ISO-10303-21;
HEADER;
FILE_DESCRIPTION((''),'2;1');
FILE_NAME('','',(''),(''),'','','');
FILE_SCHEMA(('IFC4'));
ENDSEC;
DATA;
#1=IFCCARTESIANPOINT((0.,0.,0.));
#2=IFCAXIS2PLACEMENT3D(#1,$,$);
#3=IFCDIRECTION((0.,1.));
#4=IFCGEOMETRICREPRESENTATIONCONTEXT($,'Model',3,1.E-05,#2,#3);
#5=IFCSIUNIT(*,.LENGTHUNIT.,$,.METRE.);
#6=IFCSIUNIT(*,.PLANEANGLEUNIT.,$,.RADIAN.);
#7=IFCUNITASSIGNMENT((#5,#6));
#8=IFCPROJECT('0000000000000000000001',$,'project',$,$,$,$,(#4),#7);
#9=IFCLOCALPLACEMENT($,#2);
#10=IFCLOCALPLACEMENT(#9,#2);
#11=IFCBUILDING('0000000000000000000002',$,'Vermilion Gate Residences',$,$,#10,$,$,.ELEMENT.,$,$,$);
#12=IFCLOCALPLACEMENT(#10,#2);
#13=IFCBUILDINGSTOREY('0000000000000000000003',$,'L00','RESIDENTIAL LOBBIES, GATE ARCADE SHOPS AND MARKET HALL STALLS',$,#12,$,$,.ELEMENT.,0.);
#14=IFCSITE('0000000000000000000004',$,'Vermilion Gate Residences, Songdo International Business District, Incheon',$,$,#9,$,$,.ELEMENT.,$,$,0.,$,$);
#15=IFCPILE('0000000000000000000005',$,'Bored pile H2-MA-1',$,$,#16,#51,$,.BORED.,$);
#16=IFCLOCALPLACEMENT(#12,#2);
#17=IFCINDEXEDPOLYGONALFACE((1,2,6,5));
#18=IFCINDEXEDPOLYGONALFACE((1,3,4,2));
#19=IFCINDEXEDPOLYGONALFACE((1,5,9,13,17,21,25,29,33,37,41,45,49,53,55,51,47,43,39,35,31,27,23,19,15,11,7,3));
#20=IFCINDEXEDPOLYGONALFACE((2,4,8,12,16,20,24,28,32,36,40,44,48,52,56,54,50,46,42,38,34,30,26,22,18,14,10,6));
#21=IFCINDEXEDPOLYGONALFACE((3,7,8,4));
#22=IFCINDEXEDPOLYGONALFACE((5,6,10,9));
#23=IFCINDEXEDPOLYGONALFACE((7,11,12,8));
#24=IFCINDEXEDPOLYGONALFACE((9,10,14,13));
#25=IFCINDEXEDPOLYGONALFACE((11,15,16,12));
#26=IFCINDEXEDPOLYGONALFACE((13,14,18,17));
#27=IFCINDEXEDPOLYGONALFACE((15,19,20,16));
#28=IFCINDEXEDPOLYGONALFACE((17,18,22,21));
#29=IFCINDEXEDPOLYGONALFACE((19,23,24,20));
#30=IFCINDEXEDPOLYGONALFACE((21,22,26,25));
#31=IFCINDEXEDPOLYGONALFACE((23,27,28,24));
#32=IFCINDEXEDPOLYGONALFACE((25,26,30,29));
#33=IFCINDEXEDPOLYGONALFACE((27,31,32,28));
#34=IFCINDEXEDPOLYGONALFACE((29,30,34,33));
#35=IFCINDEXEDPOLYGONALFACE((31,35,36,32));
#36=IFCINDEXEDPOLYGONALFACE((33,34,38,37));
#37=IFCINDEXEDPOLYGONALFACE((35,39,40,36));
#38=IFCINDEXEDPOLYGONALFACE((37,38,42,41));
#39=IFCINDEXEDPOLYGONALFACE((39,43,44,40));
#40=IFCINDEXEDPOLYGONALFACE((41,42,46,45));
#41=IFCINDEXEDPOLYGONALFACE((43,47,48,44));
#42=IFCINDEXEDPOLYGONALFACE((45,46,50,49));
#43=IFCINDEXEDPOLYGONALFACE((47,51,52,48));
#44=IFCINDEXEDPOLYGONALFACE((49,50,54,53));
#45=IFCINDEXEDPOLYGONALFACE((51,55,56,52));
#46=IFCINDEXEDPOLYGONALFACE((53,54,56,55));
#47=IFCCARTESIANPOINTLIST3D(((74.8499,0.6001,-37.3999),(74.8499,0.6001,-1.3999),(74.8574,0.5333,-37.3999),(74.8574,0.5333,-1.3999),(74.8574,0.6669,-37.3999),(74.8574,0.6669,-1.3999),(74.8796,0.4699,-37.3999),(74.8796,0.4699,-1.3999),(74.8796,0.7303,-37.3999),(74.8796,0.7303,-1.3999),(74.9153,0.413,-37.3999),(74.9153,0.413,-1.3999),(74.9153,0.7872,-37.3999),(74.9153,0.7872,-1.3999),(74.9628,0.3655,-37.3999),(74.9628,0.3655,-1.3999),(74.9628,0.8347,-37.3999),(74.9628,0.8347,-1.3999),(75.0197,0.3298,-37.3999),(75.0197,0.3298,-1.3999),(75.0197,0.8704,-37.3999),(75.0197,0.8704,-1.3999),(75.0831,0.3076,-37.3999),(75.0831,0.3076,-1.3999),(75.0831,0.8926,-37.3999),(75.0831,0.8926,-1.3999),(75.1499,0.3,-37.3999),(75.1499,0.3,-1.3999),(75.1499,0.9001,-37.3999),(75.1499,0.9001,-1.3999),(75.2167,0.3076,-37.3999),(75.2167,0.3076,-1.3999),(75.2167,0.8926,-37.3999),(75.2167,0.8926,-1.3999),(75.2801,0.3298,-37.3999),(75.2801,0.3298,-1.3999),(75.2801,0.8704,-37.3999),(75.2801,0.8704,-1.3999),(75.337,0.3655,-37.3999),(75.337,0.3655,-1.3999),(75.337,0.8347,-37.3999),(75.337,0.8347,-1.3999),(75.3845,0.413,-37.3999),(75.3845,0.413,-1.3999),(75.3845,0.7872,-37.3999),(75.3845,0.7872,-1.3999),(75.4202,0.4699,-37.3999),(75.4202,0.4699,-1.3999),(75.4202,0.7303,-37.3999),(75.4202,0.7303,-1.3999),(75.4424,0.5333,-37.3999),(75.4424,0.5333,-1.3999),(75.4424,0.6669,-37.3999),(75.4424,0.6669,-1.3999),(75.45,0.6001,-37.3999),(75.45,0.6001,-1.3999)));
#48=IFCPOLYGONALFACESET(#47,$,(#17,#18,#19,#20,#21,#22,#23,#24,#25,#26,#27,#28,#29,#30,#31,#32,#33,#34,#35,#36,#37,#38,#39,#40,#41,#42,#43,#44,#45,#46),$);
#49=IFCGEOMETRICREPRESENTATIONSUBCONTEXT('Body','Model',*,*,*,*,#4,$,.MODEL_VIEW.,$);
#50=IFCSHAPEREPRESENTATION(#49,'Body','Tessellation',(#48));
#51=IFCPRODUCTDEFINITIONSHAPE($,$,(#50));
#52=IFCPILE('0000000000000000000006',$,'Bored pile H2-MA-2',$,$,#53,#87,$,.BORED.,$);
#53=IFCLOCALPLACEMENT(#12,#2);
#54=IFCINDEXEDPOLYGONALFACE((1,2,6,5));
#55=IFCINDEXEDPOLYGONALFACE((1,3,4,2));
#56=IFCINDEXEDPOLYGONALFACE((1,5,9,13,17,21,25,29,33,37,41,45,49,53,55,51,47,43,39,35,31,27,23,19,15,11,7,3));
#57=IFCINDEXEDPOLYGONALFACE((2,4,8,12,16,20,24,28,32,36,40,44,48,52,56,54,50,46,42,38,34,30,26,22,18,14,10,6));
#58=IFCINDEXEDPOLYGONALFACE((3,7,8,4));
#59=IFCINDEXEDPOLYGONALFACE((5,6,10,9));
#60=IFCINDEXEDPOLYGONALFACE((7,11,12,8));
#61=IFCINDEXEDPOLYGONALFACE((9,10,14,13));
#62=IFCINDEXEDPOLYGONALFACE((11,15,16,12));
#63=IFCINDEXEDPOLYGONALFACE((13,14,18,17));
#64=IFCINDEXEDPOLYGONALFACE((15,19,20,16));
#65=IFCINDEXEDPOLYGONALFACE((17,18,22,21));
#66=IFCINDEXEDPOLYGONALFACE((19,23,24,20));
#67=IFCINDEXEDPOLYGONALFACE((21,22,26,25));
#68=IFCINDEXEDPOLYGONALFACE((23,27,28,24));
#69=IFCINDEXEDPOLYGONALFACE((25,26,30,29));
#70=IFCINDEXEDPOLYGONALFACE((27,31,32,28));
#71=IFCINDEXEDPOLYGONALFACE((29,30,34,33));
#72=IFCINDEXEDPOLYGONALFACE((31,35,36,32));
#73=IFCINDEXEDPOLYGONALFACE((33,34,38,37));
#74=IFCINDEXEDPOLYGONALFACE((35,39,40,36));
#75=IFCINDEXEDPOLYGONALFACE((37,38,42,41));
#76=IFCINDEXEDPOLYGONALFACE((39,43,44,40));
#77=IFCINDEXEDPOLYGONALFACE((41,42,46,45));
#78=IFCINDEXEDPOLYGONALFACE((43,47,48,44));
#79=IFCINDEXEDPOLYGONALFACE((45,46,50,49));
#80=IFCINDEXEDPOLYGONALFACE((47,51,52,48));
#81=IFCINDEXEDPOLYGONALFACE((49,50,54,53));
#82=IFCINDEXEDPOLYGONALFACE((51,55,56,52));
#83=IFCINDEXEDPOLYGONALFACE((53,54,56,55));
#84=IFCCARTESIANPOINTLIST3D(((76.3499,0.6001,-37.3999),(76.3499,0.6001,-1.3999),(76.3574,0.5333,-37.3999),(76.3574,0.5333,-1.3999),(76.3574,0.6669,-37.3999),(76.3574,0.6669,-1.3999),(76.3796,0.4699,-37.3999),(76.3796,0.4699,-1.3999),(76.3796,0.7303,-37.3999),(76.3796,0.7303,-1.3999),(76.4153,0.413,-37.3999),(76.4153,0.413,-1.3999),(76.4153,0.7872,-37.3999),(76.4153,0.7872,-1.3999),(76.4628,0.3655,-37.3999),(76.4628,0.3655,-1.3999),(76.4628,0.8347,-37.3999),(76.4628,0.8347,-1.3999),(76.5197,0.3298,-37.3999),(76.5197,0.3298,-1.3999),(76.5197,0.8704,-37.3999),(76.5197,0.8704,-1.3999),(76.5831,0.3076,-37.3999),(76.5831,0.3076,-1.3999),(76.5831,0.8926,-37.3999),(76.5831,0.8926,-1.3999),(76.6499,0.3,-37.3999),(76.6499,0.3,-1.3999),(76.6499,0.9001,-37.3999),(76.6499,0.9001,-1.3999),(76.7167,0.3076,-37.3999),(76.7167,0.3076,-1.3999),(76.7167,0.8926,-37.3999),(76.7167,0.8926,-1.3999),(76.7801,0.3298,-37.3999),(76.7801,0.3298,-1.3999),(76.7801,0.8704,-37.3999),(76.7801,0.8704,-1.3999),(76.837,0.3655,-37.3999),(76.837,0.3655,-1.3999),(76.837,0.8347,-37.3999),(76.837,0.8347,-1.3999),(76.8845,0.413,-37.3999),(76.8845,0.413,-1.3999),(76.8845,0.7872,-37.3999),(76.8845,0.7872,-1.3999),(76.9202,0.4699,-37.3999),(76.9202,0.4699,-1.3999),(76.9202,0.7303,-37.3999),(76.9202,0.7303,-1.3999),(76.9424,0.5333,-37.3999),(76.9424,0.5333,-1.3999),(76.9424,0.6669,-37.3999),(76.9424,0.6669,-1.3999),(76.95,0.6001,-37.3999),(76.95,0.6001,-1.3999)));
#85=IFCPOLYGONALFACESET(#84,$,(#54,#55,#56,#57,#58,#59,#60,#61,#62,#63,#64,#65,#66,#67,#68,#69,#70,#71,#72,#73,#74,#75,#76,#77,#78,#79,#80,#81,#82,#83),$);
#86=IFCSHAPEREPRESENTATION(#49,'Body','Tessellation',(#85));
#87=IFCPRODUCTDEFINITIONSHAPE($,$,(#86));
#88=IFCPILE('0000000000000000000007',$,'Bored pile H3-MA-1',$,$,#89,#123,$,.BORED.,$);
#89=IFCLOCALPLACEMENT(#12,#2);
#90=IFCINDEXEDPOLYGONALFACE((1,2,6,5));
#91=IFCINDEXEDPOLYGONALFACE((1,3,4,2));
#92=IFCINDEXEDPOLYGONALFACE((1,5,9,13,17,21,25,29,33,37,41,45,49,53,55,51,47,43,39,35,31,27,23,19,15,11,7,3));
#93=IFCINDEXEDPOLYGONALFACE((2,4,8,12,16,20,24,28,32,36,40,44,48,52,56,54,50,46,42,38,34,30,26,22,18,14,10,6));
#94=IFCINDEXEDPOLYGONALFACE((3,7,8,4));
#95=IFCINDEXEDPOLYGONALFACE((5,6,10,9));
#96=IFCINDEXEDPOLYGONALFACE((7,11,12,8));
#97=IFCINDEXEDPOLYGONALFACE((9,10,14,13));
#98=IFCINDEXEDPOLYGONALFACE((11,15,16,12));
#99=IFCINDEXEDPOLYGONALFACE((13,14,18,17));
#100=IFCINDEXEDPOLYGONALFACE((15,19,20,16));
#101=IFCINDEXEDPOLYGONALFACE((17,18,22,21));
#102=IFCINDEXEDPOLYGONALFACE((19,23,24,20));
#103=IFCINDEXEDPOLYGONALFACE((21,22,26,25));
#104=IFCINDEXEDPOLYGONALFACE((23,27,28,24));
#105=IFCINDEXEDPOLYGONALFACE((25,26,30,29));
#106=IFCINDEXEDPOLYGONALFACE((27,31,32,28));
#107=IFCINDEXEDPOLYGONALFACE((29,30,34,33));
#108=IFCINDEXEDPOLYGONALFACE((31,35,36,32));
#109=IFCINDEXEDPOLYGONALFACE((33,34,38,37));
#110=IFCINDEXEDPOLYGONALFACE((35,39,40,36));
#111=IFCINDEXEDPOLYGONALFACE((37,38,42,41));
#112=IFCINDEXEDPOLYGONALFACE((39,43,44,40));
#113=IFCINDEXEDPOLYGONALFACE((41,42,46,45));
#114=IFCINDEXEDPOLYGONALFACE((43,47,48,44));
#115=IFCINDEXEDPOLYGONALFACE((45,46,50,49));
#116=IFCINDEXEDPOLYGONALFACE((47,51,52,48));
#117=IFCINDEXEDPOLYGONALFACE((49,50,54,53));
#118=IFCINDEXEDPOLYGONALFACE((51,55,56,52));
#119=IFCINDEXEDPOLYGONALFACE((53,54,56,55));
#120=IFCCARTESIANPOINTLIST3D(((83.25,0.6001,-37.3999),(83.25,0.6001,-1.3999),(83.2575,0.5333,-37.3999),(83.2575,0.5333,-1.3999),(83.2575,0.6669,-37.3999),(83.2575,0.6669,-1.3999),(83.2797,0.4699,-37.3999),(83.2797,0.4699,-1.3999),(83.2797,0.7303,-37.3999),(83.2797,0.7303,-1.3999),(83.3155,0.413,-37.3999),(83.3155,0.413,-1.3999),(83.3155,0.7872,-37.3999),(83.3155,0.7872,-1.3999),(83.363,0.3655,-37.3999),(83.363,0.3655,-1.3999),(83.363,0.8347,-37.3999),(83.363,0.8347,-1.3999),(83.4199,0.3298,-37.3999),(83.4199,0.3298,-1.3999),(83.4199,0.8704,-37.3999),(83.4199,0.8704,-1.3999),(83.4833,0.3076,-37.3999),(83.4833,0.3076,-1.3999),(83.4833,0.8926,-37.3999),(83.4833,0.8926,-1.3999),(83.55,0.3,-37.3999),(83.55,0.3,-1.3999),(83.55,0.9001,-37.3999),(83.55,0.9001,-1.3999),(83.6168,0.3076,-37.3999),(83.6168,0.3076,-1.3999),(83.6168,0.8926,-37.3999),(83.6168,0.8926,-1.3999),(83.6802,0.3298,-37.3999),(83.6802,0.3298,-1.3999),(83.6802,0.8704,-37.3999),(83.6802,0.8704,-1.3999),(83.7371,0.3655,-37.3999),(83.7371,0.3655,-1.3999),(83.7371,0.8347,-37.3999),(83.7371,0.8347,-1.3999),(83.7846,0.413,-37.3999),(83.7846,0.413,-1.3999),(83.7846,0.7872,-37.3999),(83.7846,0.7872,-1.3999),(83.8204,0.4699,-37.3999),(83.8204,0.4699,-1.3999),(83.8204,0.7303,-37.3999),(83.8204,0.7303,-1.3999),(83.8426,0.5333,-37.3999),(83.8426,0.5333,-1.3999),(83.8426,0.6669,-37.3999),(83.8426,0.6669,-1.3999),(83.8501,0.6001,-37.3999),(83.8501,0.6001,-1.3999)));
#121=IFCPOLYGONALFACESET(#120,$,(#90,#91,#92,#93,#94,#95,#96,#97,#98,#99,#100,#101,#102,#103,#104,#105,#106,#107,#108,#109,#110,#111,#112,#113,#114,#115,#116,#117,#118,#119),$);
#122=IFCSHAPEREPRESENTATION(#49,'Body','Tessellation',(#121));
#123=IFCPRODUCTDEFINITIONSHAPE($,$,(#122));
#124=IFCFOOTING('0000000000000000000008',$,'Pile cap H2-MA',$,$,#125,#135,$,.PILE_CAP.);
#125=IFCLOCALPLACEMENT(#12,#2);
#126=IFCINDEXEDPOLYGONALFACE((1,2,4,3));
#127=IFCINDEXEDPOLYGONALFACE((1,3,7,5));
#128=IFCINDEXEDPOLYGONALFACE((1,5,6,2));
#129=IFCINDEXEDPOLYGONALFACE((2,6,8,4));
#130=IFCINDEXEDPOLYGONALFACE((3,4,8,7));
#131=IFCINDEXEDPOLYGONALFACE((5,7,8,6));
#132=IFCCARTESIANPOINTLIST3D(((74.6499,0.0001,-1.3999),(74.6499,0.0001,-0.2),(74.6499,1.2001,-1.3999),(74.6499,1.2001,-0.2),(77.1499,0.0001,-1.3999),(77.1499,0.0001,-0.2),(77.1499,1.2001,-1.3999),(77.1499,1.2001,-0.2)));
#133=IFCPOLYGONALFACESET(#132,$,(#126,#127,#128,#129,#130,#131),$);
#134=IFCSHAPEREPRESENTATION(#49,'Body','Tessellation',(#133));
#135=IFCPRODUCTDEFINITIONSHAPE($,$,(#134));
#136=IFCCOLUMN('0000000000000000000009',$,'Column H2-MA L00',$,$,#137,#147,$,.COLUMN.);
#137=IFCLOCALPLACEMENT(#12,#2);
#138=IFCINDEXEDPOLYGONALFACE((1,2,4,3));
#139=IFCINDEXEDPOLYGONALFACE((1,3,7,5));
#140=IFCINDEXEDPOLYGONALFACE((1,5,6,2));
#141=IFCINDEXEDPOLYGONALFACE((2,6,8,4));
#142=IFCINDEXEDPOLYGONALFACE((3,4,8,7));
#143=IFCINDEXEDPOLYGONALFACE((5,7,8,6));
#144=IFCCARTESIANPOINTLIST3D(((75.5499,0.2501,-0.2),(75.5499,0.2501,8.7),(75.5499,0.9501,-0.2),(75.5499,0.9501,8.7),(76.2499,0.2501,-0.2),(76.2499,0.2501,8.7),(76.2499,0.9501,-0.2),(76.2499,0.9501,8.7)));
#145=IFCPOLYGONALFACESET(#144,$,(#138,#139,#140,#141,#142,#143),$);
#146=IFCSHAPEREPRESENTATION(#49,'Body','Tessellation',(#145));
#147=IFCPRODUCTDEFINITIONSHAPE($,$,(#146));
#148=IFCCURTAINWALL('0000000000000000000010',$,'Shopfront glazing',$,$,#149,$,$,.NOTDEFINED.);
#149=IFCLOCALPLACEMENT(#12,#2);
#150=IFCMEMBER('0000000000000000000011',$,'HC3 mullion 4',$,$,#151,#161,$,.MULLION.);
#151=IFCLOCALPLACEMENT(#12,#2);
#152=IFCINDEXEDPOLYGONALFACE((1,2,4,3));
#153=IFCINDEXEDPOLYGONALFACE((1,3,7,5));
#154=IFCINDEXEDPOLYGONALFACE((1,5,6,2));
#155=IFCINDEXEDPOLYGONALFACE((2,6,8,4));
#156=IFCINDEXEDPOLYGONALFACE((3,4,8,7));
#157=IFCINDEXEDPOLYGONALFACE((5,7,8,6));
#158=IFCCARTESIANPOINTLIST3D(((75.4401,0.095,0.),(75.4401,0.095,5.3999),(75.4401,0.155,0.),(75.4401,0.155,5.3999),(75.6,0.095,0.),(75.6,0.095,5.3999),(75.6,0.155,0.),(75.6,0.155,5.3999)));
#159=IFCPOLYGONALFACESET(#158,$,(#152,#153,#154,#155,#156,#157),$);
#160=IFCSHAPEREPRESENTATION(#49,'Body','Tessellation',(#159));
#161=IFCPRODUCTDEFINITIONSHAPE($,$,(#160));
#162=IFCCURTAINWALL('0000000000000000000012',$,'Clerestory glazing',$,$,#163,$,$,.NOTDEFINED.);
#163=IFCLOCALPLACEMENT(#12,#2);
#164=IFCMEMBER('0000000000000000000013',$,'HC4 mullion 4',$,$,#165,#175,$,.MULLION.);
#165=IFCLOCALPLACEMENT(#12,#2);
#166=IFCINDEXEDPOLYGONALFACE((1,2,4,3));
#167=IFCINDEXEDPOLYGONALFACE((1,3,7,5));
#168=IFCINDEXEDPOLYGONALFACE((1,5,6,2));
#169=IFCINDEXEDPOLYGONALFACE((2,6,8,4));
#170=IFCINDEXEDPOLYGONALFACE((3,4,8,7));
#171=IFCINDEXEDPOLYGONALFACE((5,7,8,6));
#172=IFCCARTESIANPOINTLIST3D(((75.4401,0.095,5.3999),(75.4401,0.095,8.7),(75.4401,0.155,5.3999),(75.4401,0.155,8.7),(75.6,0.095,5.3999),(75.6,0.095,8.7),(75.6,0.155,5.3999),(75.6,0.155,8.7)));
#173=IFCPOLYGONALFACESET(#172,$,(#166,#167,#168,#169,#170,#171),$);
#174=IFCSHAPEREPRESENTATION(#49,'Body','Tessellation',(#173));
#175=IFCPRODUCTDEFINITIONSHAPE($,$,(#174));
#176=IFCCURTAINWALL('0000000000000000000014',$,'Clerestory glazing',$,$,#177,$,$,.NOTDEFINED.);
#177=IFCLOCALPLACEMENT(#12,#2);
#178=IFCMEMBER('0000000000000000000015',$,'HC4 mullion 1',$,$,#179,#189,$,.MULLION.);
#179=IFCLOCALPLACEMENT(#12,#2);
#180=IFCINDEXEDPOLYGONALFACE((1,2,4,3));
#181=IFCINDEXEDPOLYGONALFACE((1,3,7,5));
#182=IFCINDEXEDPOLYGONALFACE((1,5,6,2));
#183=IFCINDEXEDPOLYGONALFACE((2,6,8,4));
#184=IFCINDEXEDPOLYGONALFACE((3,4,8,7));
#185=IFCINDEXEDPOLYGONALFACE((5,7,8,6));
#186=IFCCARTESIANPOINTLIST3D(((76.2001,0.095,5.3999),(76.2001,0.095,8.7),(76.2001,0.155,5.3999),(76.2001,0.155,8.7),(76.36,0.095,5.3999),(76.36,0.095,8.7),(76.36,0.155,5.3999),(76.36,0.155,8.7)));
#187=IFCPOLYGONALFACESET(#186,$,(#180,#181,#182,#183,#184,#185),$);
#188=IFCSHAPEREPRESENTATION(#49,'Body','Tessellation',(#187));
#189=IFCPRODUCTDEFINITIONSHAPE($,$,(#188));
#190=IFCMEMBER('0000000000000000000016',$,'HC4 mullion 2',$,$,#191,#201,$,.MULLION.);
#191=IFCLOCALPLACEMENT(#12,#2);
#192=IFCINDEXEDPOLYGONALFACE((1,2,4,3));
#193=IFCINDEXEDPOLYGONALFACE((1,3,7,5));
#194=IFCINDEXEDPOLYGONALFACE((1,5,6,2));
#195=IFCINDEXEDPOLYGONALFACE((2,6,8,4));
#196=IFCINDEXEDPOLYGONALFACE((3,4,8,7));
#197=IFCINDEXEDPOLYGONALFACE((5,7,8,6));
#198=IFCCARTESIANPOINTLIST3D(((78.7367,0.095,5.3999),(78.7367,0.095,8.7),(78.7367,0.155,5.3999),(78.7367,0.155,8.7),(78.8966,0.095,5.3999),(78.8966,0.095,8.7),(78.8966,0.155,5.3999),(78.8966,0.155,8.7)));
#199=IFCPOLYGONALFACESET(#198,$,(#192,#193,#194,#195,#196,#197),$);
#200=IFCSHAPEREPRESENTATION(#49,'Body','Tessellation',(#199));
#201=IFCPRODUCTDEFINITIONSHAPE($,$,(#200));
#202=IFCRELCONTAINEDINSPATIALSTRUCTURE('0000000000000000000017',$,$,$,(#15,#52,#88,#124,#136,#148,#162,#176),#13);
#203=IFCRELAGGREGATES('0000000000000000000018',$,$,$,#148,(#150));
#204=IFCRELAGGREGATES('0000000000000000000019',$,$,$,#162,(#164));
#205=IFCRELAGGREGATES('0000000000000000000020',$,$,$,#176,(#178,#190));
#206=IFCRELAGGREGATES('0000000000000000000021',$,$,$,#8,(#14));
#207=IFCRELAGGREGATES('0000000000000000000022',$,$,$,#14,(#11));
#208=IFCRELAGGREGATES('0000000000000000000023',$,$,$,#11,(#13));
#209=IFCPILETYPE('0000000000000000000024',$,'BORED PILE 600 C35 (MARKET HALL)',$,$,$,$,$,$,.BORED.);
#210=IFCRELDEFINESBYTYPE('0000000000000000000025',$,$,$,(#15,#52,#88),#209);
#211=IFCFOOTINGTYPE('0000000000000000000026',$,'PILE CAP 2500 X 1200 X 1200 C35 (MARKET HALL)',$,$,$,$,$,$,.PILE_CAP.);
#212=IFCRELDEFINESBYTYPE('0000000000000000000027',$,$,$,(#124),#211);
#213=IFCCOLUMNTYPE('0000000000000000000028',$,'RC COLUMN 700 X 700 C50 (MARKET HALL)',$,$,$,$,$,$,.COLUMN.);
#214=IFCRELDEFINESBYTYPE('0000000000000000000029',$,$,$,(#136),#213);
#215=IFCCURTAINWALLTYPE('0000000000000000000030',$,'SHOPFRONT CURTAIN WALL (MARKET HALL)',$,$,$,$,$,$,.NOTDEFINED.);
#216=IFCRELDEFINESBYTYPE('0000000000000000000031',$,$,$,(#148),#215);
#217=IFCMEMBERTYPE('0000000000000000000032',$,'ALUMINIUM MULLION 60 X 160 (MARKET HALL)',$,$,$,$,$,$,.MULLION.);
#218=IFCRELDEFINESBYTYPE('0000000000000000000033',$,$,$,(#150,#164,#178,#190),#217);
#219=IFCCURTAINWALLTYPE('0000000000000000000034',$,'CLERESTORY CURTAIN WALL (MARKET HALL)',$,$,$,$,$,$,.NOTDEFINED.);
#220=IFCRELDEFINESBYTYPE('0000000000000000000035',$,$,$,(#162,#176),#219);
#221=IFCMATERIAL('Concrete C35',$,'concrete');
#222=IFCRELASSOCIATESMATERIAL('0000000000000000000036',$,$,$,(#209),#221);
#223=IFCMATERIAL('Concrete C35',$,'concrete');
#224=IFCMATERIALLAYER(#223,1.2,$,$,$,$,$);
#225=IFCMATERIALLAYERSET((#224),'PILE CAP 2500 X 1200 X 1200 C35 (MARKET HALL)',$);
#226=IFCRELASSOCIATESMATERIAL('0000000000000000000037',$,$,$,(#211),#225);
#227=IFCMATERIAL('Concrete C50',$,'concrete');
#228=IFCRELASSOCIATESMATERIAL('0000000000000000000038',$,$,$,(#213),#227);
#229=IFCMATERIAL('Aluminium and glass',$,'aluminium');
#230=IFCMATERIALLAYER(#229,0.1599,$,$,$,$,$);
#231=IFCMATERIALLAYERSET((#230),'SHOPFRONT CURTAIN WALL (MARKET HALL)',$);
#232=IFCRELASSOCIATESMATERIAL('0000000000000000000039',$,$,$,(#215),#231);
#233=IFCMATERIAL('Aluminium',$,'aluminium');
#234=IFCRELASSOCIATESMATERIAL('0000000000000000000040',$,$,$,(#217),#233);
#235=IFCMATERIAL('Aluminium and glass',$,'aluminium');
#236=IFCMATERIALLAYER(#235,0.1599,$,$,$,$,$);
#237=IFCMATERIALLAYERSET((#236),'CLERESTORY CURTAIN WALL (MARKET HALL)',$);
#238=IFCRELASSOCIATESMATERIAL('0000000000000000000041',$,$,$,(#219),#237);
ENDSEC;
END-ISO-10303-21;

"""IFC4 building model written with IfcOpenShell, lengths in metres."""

from ifc_helpers import new_model, si_unit, direction, frame, origin, origin_2d, place, context, subcontext, project, spatial, rectangle, circle, extrude, material, layer, layer_set, material_profile, profile_set, type_object, element, aggregate, save


model = new_model("IFC4")

# Units and contexts
model_context = context("Model", 3, precision=1e-05, world=origin(), true_north=direction((0.0, 1.0)))
body_context = subcontext(model_context, "Body", "Model", "MODEL_VIEW")
ifc_project = project(units=[si_unit("LENGTHUNIT", "METRE"), si_unit("PLANEANGLEUNIT", "RADIAN")], contexts=[model_context])

# Site, building, storey
site_placement = place(None, origin())
site = spatial("IfcSite", under=ifc_project, at=site_placement, Name="Vermilion Gate Residences, Songdo International Business District, Incheon", CompositionType="ELEMENT", RefElevation=0.0)
building_placement = place(site_placement, origin())
building = spatial("IfcBuilding", under=site, at=building_placement, Name="Vermilion Gate Residences", CompositionType="ELEMENT")
storey_placement = place(building_placement, origin())
storey = spatial("IfcBuildingStorey", under=building, at=storey_placement, Name="L00", Description="RESIDENTIAL LOBBIES, GATE ARCADE SHOPS AND MARKET HALL STALLS", CompositionType="ELEMENT", Elevation=0.0)

# Piles
ifc_material_1 = material(Name="Concrete C35", Category="concrete")
ifc_material_profile_1 = material_profile(ifc_material_1, circle(Radius=0.3, at=origin_2d()), Name="BORED PILE 600 C35 (MARKET HALL)")
ifc_profile_set_1 = profile_set([ifc_material_profile_1], Name="Concrete C35")
pile_type = type_object("IfcPileType", Name="BORED PILE 600 C35 (MARKET HALL)", PredefinedType="BORED", material=ifc_profile_set_1)
for number, where, z_axis, x_axis, name in (
    (1, (75.1499, 0.6001, -1.3999), (0.0, 0.0, -1.0), (1.0, 0.0, 0.0), "Bored pile H2-MA-1"),
    (2, (76.6499, 0.6001, -1.3999), (0.0, 0.0, -1.0), (1.0, 0.0, 0.0), "Bored pile H2-MA-2"),
    (3, (83.55, 0.6001, -1.3999), (0.0, 0.0, -1.0), (1.0, 0.0, 0.0), "Bored pile H3-MA-1"),
):
    element("IfcPile", number, at=place(storey_placement, frame(where, z_axis=z_axis, x_axis=x_axis)), inside=storey, type_object=pile_type, Name=name, PredefinedType="BORED", context=body_context, shape_type="SweptSolid", body=[
        extrude(circle(Radius=0.3, at=origin_2d()), origin(), (0.0, 0.0, 1.0), 36.0),
    ])

# Footing
ifc_material_2 = material(Name="Concrete C35", Category="concrete")
ifc_layer_1 = layer(ifc_material_2, 1.2)
ifc_layer_set_1 = layer_set([ifc_layer_1], Name="PILE CAP 2500 X 1200 X 1200 C35 (MARKET HALL)")
footing_type = type_object("IfcFootingType", Name="PILE CAP 2500 X 1200 X 1200 C35 (MARKET HALL)", PredefinedType="PILE_CAP", material=ifc_layer_set_1)
footing_placement = place(storey_placement, frame((75.8999, 0.6001, -1.3999), z_axis=(0.0, 0.0, 1.0), x_axis=(1.0, 0.0, 0.0)))
element("IfcFooting", 4, at=footing_placement, inside=storey, type_object=footing_type, Name="Pile cap H2-MA", PredefinedType="PILE_CAP", context=body_context, shape_type="SweptSolid", body=[
    extrude(rectangle(XDim=2.5, YDim=1.2, at=origin_2d()), origin(), (0.0, 0.0, 1.0), 1.2),
])

# Column
ifc_material_3 = material(Name="Concrete C50", Category="concrete")
ifc_material_profile_2 = material_profile(ifc_material_3, rectangle(XDim=0.7, YDim=0.7, at=origin_2d()), Name="RC COLUMN 700 X 700 C50 (MARKET HALL)")
ifc_profile_set_2 = profile_set([ifc_material_profile_2], Name="Concrete C50")
column_type = type_object("IfcColumnType", Name="RC COLUMN 700 X 700 C50 (MARKET HALL)", PredefinedType="COLUMN", material=ifc_profile_set_2)
column_placement = place(storey_placement, frame((75.8999, 0.6001, -0.2), z_axis=(0.0, 0.0, 1.0), x_axis=(1.0, 0.0, 0.0)))
element("IfcColumn", 5, at=column_placement, inside=storey, type_object=column_type, Name="Column H2-MA L00", PredefinedType="COLUMN", context=body_context, shape_type="SweptSolid", body=[
    extrude(rectangle(XDim=0.7, YDim=0.7, at=origin_2d()), origin(), (0.0, 0.0, 1.0), 8.8999),
])

# Curtain walls, members
ifc_material_4 = material(Name="Aluminium and glass", Category="aluminium")
ifc_layer_2 = layer(ifc_material_4, 0.1599)
ifc_layer_set_2 = layer_set([ifc_layer_2], Name="SHOPFRONT CURTAIN WALL (MARKET HALL)")
curtain_wall_type_1 = type_object("IfcCurtainWallType", Name="SHOPFRONT CURTAIN WALL (MARKET HALL)", PredefinedType="NOTDEFINED", material=ifc_layer_set_2)
curtain_wall_1_placement = place(storey_placement, origin())
curtain_wall_1 = element("IfcCurtainWall", 6, at=curtain_wall_1_placement, inside=storey, type_object=curtain_wall_type_1, Name="Shopfront glazing", PredefinedType="NOTDEFINED")
ifc_material_5 = material(Name="Aluminium", Category="aluminium")
ifc_material_profile_3 = material_profile(ifc_material_5, rectangle(XDim=0.0601, YDim=0.1599, at=origin_2d()), Name="ALUMINIUM MULLION 60 X 160 (MARKET HALL)")
ifc_profile_set_3 = profile_set([ifc_material_profile_3], Name="Aluminium")
member_type_1 = type_object("IfcMemberType", Name="ALUMINIUM MULLION 60 X 160 (MARKET HALL)", PredefinedType="MULLION", material=ifc_profile_set_3)
member_1_placement = place(storey_placement, frame((75.52, 0.125, 0.0), z_axis=(0.0, 0.0, 1.0), x_axis=(0.0, 1.0, 0.0)))
member_1 = element("IfcMember", 7, at=member_1_placement, type_object=member_type_1, Name="HC3 mullion 4", PredefinedType="MULLION", context=body_context, shape_type="SweptSolid", body=[
    extrude(rectangle(XDim=0.0601, YDim=0.1599, at=origin_2d()), origin(), (0.0, 0.0, 1.0), 5.3999),
])
aggregate(curtain_wall_1, [member_1])
ifc_material_6 = material(Name="Aluminium and glass", Category="aluminium")
ifc_layer_3 = layer(ifc_material_6, 0.1599)
ifc_layer_set_3 = layer_set([ifc_layer_3], Name="CLERESTORY CURTAIN WALL (MARKET HALL)")
curtain_wall_type_2 = type_object("IfcCurtainWallType", Name="CLERESTORY CURTAIN WALL (MARKET HALL)", PredefinedType="NOTDEFINED", material=ifc_layer_set_3)
curtain_wall_2_placement = place(storey_placement, origin())
curtain_wall_2 = element("IfcCurtainWall", 8, at=curtain_wall_2_placement, inside=storey, type_object=curtain_wall_type_2, Name="Clerestory glazing", PredefinedType="NOTDEFINED")
member_2_placement = place(storey_placement, frame((75.52, 0.125, 5.3999), z_axis=(0.0, 0.0, 1.0), x_axis=(0.0, 1.0, 0.0)))
member_2 = element("IfcMember", 9, at=member_2_placement, type_object=member_type_1, Name="HC4 mullion 4", PredefinedType="MULLION", context=body_context, shape_type="SweptSolid", body=[
    extrude(rectangle(XDim=0.0601, YDim=0.1599, at=origin_2d()), origin(), (0.0, 0.0, 1.0), 3.3),
])
aggregate(curtain_wall_2, [member_2])

# Curtain wall, members
curtain_wall_3_placement = place(storey_placement, origin())
curtain_wall_3 = element("IfcCurtainWall", 10, at=curtain_wall_3_placement, inside=storey, type_object=curtain_wall_type_2, Name="Clerestory glazing", PredefinedType="NOTDEFINED")
member_3_placement = place(storey_placement, frame((76.28, 0.125, 5.3999), z_axis=(0.0, 0.0, 1.0), x_axis=(0.0, 1.0, 0.0)))
member_3 = element("IfcMember", 11, at=member_3_placement, type_object=member_type_1, Name="HC4 mullion 1", PredefinedType="MULLION", context=body_context, shape_type="SweptSolid", body=[
    extrude(rectangle(XDim=0.0601, YDim=0.1599, at=origin_2d()), origin(), (0.0, 0.0, 1.0), 3.3),
])
member_4_placement = place(storey_placement, frame((78.8167, 0.125, 5.3999), z_axis=(0.0, 0.0, 1.0), x_axis=(0.0, 1.0, 0.0)))
member_4 = element("IfcMember", 12, at=member_4_placement, type_object=member_type_1, Name="HC4 mullion 2", PredefinedType="MULLION", context=body_context, shape_type="SweptSolid", body=[
    extrude(rectangle(XDim=0.0601, YDim=0.1599, at=origin_2d()), origin(), (0.0, 0.0, 1.0), 3.3),
])
aggregate(curtain_wall_3, [member_3, member_4])

save(model, "model.ifc")
